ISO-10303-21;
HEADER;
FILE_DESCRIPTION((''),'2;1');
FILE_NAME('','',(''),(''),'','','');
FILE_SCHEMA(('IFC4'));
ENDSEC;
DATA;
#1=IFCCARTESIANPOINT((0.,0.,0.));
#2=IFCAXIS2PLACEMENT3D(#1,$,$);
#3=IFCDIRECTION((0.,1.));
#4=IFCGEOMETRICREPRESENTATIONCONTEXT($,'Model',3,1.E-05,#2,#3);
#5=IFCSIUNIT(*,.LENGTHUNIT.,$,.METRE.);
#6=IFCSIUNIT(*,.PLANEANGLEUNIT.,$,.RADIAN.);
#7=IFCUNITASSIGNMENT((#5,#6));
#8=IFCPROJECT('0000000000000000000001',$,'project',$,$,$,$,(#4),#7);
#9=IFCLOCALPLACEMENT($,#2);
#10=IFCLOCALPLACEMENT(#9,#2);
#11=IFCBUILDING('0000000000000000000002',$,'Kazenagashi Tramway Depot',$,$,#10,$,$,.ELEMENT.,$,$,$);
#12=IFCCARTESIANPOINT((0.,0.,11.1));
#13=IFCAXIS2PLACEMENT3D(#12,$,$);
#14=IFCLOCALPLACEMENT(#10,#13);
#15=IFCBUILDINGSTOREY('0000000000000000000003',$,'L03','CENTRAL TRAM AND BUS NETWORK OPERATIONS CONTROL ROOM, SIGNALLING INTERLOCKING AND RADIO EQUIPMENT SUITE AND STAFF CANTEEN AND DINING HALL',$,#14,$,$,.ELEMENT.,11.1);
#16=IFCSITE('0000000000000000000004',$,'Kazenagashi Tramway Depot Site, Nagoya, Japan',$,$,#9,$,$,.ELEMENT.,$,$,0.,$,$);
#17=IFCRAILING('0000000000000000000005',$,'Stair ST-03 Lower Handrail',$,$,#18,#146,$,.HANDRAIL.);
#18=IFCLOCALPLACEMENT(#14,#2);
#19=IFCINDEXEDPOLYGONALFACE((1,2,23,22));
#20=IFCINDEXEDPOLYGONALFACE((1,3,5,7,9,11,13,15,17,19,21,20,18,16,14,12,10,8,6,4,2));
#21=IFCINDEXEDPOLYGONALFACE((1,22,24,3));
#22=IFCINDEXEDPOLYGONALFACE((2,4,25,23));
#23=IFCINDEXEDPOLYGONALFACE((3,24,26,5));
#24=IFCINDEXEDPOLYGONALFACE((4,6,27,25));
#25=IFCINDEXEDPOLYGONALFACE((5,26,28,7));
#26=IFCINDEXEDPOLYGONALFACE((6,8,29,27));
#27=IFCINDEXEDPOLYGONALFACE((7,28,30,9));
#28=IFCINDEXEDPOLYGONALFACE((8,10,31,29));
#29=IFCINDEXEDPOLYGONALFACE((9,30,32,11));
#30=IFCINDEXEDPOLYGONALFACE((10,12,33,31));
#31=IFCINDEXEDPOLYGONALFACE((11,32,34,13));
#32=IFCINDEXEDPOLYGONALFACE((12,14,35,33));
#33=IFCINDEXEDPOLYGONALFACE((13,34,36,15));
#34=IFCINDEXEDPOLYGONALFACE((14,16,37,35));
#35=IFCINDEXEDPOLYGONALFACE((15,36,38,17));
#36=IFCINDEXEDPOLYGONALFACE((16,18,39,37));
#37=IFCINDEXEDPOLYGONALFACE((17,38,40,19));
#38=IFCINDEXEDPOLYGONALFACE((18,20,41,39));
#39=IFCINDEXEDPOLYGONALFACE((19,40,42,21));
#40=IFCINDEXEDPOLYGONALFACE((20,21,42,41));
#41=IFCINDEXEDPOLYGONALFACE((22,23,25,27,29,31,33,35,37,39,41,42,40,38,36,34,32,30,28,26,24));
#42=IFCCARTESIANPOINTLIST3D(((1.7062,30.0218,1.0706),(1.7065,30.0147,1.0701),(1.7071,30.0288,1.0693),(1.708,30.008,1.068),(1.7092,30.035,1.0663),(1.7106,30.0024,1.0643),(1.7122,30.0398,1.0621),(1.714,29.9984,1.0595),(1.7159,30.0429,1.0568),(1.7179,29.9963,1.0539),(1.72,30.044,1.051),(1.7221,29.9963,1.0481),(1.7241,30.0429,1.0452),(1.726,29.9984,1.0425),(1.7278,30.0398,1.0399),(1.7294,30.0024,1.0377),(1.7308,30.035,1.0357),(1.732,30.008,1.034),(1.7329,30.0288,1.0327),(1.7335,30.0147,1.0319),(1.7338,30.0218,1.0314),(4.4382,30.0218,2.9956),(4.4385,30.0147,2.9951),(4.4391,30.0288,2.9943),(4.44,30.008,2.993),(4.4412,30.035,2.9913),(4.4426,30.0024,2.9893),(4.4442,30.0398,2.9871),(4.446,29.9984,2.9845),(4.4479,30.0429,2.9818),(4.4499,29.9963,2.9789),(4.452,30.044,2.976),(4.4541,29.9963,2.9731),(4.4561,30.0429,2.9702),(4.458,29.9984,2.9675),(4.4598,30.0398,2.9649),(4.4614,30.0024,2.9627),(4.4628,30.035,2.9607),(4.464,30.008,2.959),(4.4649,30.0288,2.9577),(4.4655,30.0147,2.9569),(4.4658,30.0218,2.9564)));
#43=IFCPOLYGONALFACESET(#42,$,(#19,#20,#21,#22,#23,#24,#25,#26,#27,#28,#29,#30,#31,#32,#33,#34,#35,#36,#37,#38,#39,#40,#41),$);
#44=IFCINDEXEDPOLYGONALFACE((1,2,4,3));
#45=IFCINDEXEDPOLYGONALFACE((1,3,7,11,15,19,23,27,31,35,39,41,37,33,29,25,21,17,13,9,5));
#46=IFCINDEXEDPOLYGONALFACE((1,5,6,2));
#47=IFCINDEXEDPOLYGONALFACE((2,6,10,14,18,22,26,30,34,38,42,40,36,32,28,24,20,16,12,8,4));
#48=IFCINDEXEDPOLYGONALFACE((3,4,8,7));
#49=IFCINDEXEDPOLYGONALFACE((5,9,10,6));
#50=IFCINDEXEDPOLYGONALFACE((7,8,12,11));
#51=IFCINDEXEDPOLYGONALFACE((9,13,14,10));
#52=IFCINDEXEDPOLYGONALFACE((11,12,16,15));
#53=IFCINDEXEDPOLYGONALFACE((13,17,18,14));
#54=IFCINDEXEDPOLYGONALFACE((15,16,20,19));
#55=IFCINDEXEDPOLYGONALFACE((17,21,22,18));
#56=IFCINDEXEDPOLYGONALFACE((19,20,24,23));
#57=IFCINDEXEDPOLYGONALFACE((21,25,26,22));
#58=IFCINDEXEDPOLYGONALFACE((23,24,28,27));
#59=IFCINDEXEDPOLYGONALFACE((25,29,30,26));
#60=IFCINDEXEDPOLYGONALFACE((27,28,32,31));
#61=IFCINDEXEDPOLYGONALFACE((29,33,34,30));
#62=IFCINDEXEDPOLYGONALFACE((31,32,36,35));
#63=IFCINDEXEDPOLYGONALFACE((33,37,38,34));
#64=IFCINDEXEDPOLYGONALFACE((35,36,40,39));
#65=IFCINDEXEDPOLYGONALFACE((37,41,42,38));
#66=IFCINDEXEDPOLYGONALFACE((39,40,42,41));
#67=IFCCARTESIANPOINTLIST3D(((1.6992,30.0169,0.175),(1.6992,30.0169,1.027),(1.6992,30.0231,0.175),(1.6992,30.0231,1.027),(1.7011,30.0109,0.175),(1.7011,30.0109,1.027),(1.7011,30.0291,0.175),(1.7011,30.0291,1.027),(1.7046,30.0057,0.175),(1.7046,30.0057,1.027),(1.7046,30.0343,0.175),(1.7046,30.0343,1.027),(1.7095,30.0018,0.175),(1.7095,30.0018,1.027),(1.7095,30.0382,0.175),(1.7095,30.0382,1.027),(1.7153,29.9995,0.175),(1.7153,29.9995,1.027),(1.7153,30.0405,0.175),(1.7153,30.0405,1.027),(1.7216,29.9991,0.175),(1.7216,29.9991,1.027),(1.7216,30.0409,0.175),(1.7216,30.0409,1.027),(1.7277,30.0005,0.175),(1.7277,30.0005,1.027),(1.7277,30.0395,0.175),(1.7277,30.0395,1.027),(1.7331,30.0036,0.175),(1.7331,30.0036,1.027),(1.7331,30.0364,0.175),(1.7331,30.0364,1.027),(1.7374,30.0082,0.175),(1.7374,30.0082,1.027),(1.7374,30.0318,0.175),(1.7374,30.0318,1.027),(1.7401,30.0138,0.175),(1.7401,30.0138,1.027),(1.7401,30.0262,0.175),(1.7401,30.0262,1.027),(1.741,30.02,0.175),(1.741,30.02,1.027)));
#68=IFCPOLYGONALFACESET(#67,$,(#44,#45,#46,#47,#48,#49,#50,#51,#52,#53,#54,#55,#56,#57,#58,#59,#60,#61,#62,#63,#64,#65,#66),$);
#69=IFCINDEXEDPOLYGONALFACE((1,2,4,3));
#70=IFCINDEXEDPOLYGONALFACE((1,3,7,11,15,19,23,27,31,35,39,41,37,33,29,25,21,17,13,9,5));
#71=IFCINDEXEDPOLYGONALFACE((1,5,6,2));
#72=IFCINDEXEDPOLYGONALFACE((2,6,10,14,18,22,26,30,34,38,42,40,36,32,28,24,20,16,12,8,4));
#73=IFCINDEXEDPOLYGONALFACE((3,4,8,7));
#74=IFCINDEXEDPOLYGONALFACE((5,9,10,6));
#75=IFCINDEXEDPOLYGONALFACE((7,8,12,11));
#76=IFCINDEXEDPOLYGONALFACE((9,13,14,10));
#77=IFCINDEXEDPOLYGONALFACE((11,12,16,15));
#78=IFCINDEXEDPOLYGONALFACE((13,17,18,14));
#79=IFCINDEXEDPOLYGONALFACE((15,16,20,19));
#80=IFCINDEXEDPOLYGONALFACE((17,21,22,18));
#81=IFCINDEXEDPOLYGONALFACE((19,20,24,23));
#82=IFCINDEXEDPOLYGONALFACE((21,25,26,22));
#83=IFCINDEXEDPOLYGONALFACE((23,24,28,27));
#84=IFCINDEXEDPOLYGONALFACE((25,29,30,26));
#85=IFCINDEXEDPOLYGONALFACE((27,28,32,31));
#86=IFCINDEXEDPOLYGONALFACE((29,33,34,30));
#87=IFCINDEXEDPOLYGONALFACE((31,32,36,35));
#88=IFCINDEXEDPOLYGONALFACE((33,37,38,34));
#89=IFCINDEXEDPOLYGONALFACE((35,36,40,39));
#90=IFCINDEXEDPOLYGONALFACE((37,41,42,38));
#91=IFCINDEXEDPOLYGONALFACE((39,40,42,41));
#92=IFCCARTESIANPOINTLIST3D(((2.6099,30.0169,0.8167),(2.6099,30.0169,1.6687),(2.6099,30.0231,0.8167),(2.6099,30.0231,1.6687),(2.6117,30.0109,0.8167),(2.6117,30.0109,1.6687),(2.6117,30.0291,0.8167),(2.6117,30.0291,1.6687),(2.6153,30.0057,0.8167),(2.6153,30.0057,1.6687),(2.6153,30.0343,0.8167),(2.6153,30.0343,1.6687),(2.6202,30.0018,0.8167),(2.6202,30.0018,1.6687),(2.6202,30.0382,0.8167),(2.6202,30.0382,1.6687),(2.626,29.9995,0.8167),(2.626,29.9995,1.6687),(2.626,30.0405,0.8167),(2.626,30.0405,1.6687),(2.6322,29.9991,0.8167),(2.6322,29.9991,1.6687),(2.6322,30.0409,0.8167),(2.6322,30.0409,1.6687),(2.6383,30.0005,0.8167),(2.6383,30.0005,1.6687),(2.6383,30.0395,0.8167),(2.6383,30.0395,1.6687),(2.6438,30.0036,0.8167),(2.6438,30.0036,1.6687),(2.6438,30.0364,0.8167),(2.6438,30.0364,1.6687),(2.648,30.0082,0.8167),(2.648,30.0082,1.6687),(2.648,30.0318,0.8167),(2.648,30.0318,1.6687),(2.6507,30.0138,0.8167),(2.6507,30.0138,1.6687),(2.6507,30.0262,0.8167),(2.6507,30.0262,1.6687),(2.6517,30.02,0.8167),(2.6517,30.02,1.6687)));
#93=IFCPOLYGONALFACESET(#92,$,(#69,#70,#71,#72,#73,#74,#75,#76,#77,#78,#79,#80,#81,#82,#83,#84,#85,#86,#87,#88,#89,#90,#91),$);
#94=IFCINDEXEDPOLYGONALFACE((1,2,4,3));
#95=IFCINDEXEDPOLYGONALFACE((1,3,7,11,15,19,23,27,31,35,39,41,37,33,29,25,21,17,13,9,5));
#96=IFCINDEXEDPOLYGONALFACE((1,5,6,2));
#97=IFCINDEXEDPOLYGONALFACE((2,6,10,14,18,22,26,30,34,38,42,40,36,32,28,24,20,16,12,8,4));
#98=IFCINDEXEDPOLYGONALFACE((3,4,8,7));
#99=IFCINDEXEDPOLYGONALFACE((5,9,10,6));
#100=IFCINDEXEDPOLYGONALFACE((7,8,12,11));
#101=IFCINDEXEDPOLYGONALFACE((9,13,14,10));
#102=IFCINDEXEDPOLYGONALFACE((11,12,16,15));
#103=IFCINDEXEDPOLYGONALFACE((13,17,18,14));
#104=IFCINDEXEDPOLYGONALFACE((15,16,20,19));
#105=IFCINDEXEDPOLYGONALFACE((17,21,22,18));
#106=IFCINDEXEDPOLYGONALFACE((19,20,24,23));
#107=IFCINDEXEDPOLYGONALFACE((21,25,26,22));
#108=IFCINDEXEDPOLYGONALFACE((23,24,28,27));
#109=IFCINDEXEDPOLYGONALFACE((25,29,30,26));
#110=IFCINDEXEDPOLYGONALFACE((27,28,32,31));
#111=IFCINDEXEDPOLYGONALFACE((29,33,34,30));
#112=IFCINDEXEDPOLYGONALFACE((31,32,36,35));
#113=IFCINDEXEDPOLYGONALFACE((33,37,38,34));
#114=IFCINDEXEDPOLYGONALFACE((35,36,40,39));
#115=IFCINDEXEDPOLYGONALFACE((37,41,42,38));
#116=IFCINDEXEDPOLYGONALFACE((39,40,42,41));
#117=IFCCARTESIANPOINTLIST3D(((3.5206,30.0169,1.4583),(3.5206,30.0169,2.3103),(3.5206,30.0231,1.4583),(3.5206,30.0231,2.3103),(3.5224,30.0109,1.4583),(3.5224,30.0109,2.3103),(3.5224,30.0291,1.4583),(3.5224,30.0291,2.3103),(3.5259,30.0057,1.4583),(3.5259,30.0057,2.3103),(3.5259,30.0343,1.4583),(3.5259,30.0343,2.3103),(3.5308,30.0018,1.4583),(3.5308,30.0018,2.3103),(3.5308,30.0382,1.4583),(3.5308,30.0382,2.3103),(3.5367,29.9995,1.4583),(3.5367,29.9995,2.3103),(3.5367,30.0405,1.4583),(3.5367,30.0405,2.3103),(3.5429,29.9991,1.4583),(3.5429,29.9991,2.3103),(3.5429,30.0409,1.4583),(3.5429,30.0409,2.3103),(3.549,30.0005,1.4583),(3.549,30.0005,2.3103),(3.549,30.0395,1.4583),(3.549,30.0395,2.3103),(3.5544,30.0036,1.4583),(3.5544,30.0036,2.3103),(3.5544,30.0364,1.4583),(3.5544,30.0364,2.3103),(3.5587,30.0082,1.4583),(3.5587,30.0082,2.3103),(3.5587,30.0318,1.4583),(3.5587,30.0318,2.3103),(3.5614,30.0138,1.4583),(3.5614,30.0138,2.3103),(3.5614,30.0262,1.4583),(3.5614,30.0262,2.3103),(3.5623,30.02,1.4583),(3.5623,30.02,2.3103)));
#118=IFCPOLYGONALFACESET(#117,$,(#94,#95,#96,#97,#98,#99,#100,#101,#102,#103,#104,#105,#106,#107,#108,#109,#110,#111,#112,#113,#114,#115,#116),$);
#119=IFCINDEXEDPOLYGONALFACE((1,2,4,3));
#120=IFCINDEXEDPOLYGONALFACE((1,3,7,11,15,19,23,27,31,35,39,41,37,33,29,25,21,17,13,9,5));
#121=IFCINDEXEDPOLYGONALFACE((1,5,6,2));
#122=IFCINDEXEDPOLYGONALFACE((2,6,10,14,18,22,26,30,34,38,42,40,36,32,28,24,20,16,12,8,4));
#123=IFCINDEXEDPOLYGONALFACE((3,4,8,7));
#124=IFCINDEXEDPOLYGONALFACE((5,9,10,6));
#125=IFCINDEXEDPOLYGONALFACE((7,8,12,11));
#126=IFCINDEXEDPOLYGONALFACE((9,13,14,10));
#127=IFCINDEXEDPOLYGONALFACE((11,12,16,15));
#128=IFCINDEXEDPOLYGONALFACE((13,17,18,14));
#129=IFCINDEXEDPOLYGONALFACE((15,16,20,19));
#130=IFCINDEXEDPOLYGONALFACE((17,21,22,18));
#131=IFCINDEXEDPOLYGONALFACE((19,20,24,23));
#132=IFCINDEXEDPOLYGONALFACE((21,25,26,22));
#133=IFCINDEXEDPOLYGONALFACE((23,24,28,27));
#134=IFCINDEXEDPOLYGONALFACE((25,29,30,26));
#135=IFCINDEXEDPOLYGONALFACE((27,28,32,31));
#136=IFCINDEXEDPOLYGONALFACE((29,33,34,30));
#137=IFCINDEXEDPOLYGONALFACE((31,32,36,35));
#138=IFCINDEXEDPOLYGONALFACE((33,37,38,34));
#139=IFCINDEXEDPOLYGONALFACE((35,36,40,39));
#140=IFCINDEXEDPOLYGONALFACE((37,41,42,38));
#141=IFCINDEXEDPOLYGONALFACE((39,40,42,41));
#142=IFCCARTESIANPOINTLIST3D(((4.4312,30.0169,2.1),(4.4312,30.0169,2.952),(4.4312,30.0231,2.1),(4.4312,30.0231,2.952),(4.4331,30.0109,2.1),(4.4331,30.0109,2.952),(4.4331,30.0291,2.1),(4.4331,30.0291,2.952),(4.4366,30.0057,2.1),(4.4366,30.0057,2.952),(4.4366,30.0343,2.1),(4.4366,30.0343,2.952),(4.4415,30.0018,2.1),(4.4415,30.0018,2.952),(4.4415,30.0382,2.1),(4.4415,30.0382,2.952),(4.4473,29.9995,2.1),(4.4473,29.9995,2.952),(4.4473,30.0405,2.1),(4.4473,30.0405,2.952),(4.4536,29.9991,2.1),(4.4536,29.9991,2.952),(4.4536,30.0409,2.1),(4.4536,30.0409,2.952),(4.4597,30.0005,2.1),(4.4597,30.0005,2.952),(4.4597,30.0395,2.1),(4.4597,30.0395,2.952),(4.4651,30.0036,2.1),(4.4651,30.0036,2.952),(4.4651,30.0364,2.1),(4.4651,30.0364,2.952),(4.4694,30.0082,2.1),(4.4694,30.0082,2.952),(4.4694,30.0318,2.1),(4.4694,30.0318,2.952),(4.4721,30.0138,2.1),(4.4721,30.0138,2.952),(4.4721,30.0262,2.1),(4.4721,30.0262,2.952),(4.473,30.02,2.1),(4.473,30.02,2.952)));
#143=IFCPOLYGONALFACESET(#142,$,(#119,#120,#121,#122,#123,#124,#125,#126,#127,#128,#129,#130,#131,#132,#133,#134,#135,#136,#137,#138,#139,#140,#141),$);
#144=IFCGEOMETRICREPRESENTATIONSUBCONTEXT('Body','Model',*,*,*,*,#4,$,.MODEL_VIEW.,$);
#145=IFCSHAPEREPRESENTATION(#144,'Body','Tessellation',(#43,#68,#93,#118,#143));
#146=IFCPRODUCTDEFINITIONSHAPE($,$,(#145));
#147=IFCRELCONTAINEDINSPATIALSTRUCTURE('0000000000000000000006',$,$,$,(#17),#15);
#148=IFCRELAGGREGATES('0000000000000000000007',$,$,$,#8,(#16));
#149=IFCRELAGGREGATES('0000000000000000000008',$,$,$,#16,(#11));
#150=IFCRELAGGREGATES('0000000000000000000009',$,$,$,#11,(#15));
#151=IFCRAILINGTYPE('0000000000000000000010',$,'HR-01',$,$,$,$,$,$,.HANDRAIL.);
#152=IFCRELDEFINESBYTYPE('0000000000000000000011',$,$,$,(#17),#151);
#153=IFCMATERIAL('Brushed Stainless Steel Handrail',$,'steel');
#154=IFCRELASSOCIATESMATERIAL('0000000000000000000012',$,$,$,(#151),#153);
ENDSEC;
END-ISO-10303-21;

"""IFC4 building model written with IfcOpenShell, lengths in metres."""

from ifc_helpers import new_model, si_unit, direction, frame, origin, origin_2d, place, context, subcontext, project, spatial, circle, extrude, material, type_object, element, save


model = new_model("IFC4")

# Units and contexts
model_context = context("Model", 3, precision=1e-05, world=origin(), true_north=direction((0.0, 1.0)))
body_context = subcontext(model_context, "Body", "Model", "MODEL_VIEW")
ifc_project = project(units=[si_unit("LENGTHUNIT", "METRE"), si_unit("PLANEANGLEUNIT", "RADIAN")], contexts=[model_context])

# Site, building, storey
site_placement = place(None, origin())
site = spatial("IfcSite", under=ifc_project, at=site_placement, Name="Kazenagashi Tramway Depot Site, Nagoya, Japan", CompositionType="ELEMENT", RefElevation=0.0)
building_placement = place(site_placement, origin())
building = spatial("IfcBuilding", under=site, at=building_placement, Name="Kazenagashi Tramway Depot", CompositionType="ELEMENT")
storey_placement = place(building_placement, frame((0.0, 0.0, 11.1)))
storey = spatial("IfcBuildingStorey", under=building, at=storey_placement, Name="L03", Description="CENTRAL TRAM AND BUS NETWORK OPERATIONS CONTROL ROOM, SIGNALLING INTERLOCKING AND RADIO EQUIPMENT SUITE AND STAFF CANTEEN AND DINING HALL", CompositionType="ELEMENT", Elevation=11.1)

# Railing
ifc_material_1 = material(Name="Brushed Stainless Steel Handrail", Category="steel")
railing_type_1 = type_object("IfcRailingType", Name="HR-01", PredefinedType="HANDRAIL", material=ifc_material_1)
railing_1_placement = place(storey_placement, frame((1.72, 30.02, 0.175)))
element("IfcRailing", 1, at=railing_1_placement, inside=storey, type_object=railing_type_1, Name="Stair ST-03 Lower Handrail", PredefinedType="HANDRAIL", context=body_context, shape_type="SweptSolid", body=[
    extrude(circle(Radius=0.024, at=origin_2d()), frame((0.0, 0.0, 0.876), z_axis=(0.817457, 0.0, 0.57599), x_axis=(0.0, 1.0, 0.0)), (0.0, 0.0, 1.0), 3.3421),
    extrude(circle(Radius=0.021, at=origin_2d()), origin(), (0.0, 0.0, 1.0), 0.852),
    extrude(circle(Radius=0.021, at=origin_2d()), frame((0.9107, 0.0, 0.6417)), (0.0, 0.0, 1.0), 0.852),
    extrude(circle(Radius=0.021, at=origin_2d()), frame((1.8213, 0.0, 1.2833)), (0.0, 0.0, 1.0), 0.852),
    extrude(circle(Radius=0.021, at=origin_2d()), frame((2.732, 0.0, 1.925)), (0.0, 0.0, 1.0), 0.852),
])

save(model, "model.ifc")
